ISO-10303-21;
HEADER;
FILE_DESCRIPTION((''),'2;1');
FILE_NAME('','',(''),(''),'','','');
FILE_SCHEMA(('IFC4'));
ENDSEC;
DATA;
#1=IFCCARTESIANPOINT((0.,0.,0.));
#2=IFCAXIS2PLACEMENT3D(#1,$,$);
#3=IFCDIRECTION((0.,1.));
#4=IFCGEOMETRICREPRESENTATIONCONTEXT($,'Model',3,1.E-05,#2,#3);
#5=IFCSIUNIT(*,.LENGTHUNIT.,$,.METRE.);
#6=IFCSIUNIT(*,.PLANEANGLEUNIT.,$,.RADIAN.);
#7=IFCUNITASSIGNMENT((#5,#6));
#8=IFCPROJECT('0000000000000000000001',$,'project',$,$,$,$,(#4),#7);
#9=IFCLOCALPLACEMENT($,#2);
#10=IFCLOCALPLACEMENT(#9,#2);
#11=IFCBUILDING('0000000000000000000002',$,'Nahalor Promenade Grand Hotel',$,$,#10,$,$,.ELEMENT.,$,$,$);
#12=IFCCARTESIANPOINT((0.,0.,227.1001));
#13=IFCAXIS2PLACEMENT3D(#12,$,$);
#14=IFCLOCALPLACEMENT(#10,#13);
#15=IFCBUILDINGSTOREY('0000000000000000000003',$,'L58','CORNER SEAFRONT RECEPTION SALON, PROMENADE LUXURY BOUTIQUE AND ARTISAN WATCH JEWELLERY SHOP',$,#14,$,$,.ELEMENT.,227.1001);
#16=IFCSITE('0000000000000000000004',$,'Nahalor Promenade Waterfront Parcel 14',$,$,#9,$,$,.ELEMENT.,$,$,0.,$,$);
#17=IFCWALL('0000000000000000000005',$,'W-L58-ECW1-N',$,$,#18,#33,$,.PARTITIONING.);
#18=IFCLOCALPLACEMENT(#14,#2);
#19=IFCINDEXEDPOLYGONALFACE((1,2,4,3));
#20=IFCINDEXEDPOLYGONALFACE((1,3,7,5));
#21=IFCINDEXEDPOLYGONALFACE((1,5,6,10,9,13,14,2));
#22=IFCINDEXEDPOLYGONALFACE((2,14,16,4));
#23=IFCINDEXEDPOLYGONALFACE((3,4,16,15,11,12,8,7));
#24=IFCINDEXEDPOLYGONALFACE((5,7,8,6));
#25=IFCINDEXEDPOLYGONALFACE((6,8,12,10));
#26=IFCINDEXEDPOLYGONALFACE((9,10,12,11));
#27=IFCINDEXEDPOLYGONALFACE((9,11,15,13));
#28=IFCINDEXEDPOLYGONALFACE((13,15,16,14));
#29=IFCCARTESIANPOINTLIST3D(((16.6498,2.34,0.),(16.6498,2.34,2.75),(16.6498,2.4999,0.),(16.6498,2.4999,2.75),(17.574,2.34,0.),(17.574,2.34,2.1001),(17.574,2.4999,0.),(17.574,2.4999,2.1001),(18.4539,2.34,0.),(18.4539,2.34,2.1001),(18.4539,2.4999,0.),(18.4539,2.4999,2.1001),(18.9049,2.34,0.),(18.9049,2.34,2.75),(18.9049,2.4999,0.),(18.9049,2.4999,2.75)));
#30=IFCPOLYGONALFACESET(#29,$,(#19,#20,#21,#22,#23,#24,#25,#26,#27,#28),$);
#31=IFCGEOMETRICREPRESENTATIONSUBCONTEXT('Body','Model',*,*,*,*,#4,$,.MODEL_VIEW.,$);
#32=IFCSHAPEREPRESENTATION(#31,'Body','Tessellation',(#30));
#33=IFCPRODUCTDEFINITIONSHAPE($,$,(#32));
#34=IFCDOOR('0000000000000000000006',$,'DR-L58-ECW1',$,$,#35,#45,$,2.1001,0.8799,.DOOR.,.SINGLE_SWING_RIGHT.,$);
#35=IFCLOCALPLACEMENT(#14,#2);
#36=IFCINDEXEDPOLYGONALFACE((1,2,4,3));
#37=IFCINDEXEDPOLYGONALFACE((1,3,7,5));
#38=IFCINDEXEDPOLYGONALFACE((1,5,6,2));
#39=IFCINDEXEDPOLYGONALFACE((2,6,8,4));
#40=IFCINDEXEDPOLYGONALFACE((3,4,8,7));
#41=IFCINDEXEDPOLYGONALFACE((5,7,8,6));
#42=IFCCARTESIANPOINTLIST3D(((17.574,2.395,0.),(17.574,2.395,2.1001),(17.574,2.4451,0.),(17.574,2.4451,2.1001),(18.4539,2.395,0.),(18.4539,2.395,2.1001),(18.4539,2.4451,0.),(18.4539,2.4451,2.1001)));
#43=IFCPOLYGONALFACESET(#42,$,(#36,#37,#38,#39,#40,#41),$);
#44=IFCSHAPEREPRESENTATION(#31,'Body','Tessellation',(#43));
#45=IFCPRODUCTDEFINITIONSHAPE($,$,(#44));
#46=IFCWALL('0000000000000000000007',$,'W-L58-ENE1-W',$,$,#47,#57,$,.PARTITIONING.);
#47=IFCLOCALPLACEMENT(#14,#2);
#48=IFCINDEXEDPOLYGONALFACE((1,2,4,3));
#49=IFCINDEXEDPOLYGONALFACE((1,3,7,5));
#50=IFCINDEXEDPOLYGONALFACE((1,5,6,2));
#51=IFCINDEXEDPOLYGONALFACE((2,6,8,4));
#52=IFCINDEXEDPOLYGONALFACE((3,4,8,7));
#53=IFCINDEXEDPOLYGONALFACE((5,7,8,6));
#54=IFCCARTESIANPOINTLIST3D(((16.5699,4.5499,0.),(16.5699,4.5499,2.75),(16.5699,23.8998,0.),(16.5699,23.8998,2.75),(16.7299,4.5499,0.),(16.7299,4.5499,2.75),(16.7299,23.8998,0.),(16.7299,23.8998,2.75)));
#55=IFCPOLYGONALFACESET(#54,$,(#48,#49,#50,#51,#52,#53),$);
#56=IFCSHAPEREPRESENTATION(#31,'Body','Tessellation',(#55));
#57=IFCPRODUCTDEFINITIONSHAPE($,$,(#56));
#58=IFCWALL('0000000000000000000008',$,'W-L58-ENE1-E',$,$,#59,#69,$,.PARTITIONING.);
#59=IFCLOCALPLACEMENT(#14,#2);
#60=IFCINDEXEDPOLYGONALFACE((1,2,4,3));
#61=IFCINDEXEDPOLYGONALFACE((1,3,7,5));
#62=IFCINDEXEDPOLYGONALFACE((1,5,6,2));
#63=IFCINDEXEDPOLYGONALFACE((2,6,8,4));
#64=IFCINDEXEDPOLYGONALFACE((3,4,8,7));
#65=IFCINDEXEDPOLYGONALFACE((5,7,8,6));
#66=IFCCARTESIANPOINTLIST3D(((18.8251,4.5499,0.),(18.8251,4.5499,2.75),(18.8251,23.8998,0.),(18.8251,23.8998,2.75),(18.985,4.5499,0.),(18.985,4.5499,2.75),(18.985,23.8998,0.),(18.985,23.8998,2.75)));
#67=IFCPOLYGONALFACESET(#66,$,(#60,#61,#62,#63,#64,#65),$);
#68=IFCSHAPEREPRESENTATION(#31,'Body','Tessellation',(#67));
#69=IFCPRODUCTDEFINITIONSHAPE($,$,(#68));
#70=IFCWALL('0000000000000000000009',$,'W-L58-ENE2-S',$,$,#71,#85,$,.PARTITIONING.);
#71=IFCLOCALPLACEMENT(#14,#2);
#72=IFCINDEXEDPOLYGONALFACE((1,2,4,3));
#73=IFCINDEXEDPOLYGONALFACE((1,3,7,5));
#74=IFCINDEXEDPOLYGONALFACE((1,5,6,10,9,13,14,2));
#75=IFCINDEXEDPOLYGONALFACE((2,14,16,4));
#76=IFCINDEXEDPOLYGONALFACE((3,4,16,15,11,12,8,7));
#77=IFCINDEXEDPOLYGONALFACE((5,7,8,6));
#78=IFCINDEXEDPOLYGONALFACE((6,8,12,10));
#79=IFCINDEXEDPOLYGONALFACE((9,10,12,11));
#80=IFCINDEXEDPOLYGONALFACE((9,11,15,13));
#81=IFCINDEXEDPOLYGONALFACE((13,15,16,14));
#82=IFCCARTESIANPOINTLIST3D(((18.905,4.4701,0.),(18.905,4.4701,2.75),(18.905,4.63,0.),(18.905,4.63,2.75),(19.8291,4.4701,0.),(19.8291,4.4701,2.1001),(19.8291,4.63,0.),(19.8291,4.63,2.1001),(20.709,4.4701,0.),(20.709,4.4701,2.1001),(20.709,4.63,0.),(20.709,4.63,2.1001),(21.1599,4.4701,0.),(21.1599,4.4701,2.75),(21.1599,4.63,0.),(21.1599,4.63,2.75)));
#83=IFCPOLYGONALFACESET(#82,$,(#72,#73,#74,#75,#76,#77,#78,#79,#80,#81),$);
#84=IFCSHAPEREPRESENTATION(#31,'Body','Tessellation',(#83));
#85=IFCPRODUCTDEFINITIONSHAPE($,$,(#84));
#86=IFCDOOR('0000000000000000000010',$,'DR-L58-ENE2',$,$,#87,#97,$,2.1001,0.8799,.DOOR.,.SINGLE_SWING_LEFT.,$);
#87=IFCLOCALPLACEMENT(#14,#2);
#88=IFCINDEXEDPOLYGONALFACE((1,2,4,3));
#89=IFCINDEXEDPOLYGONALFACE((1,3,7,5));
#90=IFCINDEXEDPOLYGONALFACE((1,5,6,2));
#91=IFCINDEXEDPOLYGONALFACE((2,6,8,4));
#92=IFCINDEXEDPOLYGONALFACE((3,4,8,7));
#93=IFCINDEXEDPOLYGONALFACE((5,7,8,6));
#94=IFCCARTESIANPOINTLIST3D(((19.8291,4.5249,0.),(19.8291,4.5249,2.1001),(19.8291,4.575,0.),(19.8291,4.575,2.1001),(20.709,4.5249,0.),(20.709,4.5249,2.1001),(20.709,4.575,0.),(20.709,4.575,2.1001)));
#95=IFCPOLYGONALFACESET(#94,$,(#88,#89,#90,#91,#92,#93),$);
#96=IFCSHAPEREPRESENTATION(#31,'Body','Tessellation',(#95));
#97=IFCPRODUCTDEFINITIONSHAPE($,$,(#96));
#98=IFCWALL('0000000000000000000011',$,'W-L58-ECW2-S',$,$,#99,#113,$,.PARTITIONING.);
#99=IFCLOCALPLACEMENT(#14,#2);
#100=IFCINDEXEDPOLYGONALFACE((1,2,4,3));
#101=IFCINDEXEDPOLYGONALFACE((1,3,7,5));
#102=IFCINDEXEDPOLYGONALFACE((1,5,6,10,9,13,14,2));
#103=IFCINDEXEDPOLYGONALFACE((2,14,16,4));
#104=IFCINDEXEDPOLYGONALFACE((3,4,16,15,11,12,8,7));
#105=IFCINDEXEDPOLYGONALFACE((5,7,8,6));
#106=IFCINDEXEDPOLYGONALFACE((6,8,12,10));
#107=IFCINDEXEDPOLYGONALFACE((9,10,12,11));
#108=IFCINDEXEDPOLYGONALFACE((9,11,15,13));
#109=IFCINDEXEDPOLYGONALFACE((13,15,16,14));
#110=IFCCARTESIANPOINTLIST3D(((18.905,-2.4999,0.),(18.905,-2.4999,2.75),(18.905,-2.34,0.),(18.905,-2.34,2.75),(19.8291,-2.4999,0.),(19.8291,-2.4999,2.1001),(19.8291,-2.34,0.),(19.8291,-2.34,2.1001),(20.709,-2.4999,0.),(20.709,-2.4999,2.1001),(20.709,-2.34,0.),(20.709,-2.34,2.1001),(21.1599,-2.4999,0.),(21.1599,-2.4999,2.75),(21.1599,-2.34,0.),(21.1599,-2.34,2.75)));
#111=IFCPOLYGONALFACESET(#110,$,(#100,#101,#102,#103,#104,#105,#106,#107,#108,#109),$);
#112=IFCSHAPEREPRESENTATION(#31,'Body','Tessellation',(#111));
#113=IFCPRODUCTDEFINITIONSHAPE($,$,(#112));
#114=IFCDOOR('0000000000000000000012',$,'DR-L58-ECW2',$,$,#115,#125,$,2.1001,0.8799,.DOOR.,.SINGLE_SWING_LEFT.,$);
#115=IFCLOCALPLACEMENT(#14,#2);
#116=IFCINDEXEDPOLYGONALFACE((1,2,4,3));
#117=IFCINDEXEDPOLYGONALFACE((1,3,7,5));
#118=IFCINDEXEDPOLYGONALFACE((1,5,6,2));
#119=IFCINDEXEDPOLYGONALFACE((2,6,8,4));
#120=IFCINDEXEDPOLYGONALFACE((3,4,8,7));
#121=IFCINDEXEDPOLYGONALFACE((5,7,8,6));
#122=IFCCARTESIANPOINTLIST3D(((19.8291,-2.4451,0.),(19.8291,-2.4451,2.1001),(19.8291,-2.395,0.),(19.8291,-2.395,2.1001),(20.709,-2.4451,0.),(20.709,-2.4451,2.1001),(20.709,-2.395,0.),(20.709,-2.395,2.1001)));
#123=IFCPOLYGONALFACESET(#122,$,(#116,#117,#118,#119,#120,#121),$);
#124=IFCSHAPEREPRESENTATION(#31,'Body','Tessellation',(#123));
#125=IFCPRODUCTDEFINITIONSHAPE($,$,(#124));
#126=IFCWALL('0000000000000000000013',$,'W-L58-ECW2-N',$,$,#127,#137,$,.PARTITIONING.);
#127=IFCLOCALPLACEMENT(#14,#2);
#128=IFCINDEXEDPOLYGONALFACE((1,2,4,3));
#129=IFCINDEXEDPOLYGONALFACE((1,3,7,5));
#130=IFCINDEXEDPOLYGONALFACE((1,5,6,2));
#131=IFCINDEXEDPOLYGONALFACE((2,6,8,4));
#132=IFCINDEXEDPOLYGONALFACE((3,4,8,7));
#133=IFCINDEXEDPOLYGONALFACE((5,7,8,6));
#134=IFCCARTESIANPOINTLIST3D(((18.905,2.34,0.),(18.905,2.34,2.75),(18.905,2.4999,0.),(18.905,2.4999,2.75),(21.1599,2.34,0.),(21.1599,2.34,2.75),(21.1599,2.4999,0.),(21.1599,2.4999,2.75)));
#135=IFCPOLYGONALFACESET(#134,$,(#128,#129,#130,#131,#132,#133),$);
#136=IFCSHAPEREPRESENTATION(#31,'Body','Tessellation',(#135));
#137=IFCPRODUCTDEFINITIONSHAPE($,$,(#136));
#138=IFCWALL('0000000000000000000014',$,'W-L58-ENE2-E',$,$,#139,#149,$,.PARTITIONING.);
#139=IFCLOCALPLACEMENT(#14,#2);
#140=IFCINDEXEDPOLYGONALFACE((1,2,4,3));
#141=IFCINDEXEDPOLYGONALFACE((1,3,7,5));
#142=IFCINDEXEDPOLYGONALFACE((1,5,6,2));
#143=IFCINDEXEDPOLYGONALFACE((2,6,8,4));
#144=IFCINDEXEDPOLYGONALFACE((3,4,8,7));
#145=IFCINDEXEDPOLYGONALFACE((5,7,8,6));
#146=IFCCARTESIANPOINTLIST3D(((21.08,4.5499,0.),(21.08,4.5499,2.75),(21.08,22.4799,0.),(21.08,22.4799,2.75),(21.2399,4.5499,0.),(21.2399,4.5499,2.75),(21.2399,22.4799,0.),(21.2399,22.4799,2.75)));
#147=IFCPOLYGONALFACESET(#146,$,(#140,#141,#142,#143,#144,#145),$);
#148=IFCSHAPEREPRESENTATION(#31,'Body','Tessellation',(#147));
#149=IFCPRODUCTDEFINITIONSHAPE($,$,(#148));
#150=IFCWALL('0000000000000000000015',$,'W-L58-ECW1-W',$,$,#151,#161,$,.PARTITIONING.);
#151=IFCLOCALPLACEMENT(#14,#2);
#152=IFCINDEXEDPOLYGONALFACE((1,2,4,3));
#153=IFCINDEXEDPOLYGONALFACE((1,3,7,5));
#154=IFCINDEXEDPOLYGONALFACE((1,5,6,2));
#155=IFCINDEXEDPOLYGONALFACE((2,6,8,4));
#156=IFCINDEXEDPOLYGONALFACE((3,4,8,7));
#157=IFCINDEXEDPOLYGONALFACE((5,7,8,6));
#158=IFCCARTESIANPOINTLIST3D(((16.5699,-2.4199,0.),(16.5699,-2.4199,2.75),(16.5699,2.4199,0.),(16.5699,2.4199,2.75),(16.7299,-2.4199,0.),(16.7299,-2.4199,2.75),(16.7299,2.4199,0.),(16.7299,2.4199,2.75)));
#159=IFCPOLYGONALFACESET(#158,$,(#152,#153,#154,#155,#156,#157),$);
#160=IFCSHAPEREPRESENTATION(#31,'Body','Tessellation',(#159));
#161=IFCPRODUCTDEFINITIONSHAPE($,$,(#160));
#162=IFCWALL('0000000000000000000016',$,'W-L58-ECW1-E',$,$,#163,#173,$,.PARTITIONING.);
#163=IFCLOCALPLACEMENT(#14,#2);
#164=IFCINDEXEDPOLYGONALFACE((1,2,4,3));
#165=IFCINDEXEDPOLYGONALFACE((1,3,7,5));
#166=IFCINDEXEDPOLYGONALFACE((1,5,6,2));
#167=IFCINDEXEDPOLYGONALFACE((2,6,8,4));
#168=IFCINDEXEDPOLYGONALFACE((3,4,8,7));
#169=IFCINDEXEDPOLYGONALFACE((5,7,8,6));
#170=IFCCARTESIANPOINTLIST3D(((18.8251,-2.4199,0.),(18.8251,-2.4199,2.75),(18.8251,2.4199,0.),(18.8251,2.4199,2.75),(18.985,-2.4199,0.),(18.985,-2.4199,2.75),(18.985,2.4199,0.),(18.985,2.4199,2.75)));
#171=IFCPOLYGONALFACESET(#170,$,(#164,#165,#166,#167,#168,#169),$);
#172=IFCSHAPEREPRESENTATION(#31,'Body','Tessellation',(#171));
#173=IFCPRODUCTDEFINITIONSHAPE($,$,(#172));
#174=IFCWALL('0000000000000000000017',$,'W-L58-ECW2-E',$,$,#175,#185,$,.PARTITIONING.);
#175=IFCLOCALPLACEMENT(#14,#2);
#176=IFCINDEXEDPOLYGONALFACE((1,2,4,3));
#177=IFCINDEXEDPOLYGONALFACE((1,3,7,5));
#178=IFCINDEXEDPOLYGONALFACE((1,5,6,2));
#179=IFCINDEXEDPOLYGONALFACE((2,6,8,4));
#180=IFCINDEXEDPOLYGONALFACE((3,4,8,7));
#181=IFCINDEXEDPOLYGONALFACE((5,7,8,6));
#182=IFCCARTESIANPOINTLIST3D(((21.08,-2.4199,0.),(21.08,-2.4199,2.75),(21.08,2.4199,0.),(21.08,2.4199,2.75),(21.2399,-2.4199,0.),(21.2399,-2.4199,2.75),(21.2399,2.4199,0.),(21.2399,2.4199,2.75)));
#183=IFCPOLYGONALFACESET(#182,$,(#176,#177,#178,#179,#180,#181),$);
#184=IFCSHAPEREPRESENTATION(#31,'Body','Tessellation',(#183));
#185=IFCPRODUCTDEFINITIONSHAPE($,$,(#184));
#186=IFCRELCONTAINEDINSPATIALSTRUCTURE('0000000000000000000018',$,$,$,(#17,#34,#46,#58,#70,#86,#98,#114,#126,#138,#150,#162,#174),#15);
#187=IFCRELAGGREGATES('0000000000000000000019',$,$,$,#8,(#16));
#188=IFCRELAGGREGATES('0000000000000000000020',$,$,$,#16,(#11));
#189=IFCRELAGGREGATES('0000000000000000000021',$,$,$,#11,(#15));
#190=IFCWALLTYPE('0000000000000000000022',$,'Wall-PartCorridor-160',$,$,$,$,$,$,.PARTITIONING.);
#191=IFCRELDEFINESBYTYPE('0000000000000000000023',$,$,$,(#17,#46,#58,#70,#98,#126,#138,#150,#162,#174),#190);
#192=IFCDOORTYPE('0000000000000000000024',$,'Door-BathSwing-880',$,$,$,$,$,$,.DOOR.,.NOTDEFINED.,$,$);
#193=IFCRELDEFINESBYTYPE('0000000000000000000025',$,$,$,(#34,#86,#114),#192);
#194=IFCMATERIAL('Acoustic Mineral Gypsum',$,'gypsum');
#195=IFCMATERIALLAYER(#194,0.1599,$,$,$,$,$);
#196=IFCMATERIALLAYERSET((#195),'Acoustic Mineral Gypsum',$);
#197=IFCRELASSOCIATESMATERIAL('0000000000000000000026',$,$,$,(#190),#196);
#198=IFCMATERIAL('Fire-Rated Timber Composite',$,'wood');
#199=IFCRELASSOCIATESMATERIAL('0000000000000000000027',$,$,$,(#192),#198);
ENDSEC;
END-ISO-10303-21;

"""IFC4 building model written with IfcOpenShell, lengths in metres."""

from ifc_helpers import new_model, si_unit, direction, frame, frame_2d, origin, place, context, subcontext, project, spatial, rectangle, extrude, source, transform, mapped, material, layer, layer_set, type_object, element, fill, save


model = new_model("IFC4")

# Units and contexts
model_context = context("Model", 3, precision=1e-05, world=origin(), true_north=direction((0.0, 1.0)))
body_context = subcontext(model_context, "Body", "Model", "MODEL_VIEW")
ifc_project = project(units=[si_unit("LENGTHUNIT", "METRE"), si_unit("PLANEANGLEUNIT", "RADIAN")], contexts=[model_context])

# Site, building, storey
site_placement = place(None, origin())
site = spatial("IfcSite", under=ifc_project, at=site_placement, Name="Nahalor Promenade Waterfront Parcel 14", CompositionType="ELEMENT", RefElevation=0.0)
building_placement = place(site_placement, origin())
building = spatial("IfcBuilding", under=site, at=building_placement, Name="Nahalor Promenade Grand Hotel", CompositionType="ELEMENT")
storey_placement = place(building_placement, frame((0.0, 0.0, 227.1001)))
storey = spatial("IfcBuildingStorey", under=building, at=storey_placement, Name="L58", Description="CORNER SEAFRONT RECEPTION SALON, PROMENADE LUXURY BOUTIQUE AND ARTISAN WATCH JEWELLERY SHOP", CompositionType="ELEMENT", Elevation=227.1001)

# Shared definitions
ifc_material_1 = material(Name="Acoustic Mineral Gypsum", Category="gypsum")
ifc_layer_1 = layer(ifc_material_1, 0.1599)
ifc_layer_set_1 = layer_set([ifc_layer_1], Name="Acoustic Mineral Gypsum")
wall_type = type_object("IfcWallType", Name="Wall-PartCorridor-160", PredefinedType="PARTITIONING", material=ifc_layer_set_1)
shared_shape_1 = source(origin(), body_context, "Body", "SweptSolid", [
    extrude(rectangle(XDim=2.2551, YDim=0.1599, at=frame_2d((1.1274, 0.0))), origin(), (0.0, 0.0, 1.0), 2.75),
])
ifc_material_2 = material(Name="Fire-Rated Timber Composite", Category="wood")
door_type = type_object("IfcDoorType", Name="Door-BathSwing-880", OperationType="NOTDEFINED", PredefinedType="DOOR", material=ifc_material_2)
shared_shape_2 = source(origin(), body_context, "Body", "SweptSolid", [
    extrude(rectangle(XDim=0.8799, YDim=2.1001, at=frame_2d((0.4399, 1.05))), frame((0.0, 0.0249, 0.0), z_axis=(0.0, -1.0, 0.0), x_axis=(1.0, 0.0, 0.0)), (0.0, 0.0, 1.0), 0.05),
])

# Wall, opening, door
wall_1_placement = place(storey_placement, frame((16.6499, 2.4199, 0.0), z_axis=(0.0, 0.0, 1.0), x_axis=(1.0, 0.0, 0.0)))
wall_1 = element("IfcWall", 1, at=wall_1_placement, inside=storey, type_object=wall_type, Name="W-L58-ECW1-N", PredefinedType="PARTITIONING", context=body_context, shape_type="MappedRepresentation", body=[
    mapped(shared_shape_1, transform((0.0, 0.0, 0.0), scale=1.0)),
])
opening_1_placement = place(wall_1_placement, frame((0.9241, 0.0, 0.0)))
opening_1 = element("IfcOpeningElement", 2, at=opening_1_placement, cuts=wall_1, PredefinedType="OPENING", context=body_context, shape_type="SweptSolid", body=[
    extrude(rectangle(XDim=0.8799, YDim=2.1001, at=frame_2d((0.4399, 1.05))), frame((0.0, 0.0898, 0.0), z_axis=(0.0, -1.0, 0.0), x_axis=(1.0, 0.0, 0.0)), (0.0, 0.0, 1.0), 0.1799),
])
door_1_placement = place(opening_1_placement, frame((0.8799, 0.0, 0.0), z_axis=(0.0, 0.0, 1.0), x_axis=(-1.0, 0.0, 0.0)))
door_1 = element("IfcDoor", 3, at=door_1_placement, inside=storey, type_object=door_type, Name="DR-L58-ECW1", OperationType="SINGLE_SWING_RIGHT", OverallHeight=2.1001, OverallWidth=0.8799, PredefinedType="DOOR", context=body_context, shape_type="MappedRepresentation", body=[
    mapped(shared_shape_2, transform((0.0, 0.0, 0.0), scale=1.0)),
])
fill(opening_1, door_1)

# Walls
shared_shape_3 = source(origin(), body_context, "Body", "SweptSolid", [
    extrude(rectangle(XDim=19.3499, YDim=0.1599, at=frame_2d((9.6748, 0.0))), origin(), (0.0, 0.0, 1.0), 2.75),
])
for number, where, z_axis, x_axis, name in (
    (4, (16.6499, 4.55, 0.0), (0.0, 0.0, 1.0), (0.0, 1.0, 0.0), "W-L58-ENE1-W"),
    (5, (18.905, 4.55, 0.0), (0.0, 0.0, 1.0), (0.0, 1.0, 0.0), "W-L58-ENE1-E"),
):
    element("IfcWall", number, at=place(storey_placement, frame(where, z_axis=z_axis, x_axis=x_axis)), inside=storey, type_object=wall_type, Name=name, PredefinedType="PARTITIONING", context=body_context, shape_type="MappedRepresentation", body=[
        mapped(shared_shape_3, transform((0.0, 0.0, 0.0), scale=1.0)),
    ])

# Walls, openings, doors
shared_shape_4 = source(origin(), body_context, "Body", "SweptSolid", [
    extrude(rectangle(XDim=2.2549, YDim=0.1599, at=frame_2d((1.1274, 0.0))), origin(), (0.0, 0.0, 1.0), 2.75),
])
wall_2_placement = place(storey_placement, frame((18.905, 4.55, 0.0), z_axis=(0.0, 0.0, 1.0), x_axis=(1.0, 0.0, 0.0)))
wall_2 = element("IfcWall", 6, at=wall_2_placement, inside=storey, type_object=wall_type, Name="W-L58-ENE2-S", PredefinedType="PARTITIONING", context=body_context, shape_type="MappedRepresentation", body=[
    mapped(shared_shape_4, transform((0.0, 0.0, 0.0), scale=1.0)),
])
opening_2_placement = place(wall_2_placement, frame((0.9241, 0.0, 0.0)))
opening_2 = element("IfcOpeningElement", 7, at=opening_2_placement, cuts=wall_2, PredefinedType="OPENING", context=body_context, shape_type="SweptSolid", body=[
    extrude(rectangle(XDim=0.8799, YDim=2.1001, at=frame_2d((0.4399, 1.05))), frame((0.0, 0.0898, 0.0), z_axis=(0.0, -1.0, 0.0), x_axis=(1.0, 0.0, 0.0)), (0.0, 0.0, 1.0), 0.1799),
])
door_2_placement = place(opening_2_placement, origin())
door_2 = element("IfcDoor", 8, at=door_2_placement, inside=storey, type_object=door_type, Name="DR-L58-ENE2", OperationType="SINGLE_SWING_LEFT", OverallHeight=2.1001, OverallWidth=0.8799, PredefinedType="DOOR", context=body_context, shape_type="MappedRepresentation", body=[
    mapped(shared_shape_2, transform((0.0, 0.0, 0.0), scale=1.0)),
])
fill(opening_2, door_2)
wall_3_placement = place(storey_placement, frame((18.905, -2.4199, 0.0), z_axis=(0.0, 0.0, 1.0), x_axis=(1.0, 0.0, 0.0)))
wall_3 = element("IfcWall", 9, at=wall_3_placement, inside=storey, type_object=wall_type, Name="W-L58-ECW2-S", PredefinedType="PARTITIONING", context=body_context, shape_type="MappedRepresentation", body=[
    mapped(shared_shape_4, transform((0.0, 0.0, 0.0), scale=1.0)),
])
opening_3_placement = place(wall_3_placement, frame((0.9241, 0.0, 0.0)))
opening_3 = element("IfcOpeningElement", 10, at=opening_3_placement, cuts=wall_3, PredefinedType="OPENING", context=body_context, shape_type="SweptSolid", body=[
    extrude(rectangle(XDim=0.8799, YDim=2.1001, at=frame_2d((0.4399, 1.05))), frame((0.0, 0.0898, 0.0), z_axis=(0.0, -1.0, 0.0), x_axis=(1.0, 0.0, 0.0)), (0.0, 0.0, 1.0), 0.1799),
])
door_3_placement = place(opening_3_placement, origin())
door_3 = element("IfcDoor", 11, at=door_3_placement, inside=storey, type_object=door_type, Name="DR-L58-ECW2", OperationType="SINGLE_SWING_LEFT", OverallHeight=2.1001, OverallWidth=0.8799, PredefinedType="DOOR", context=body_context, shape_type="MappedRepresentation", body=[
    mapped(shared_shape_2, transform((0.0, 0.0, 0.0), scale=1.0)),
])
fill(opening_3, door_3)

# Walls
wall_4_placement = place(storey_placement, frame((18.905, 2.4199, 0.0), z_axis=(0.0, 0.0, 1.0), x_axis=(1.0, 0.0, 0.0)))
element("IfcWall", 12, at=wall_4_placement, inside=storey, type_object=wall_type, Name="W-L58-ECW2-N", PredefinedType="PARTITIONING", context=body_context, shape_type="MappedRepresentation", body=[
    mapped(shared_shape_4, transform((0.0, 0.0, 0.0), scale=1.0)),
])
shared_shape_5 = source(origin(), body_context, "Body", "SweptSolid", [
    extrude(rectangle(XDim=17.9299, YDim=0.1599, at=frame_2d((8.9648, 0.0))), origin(), (0.0, 0.0, 1.0), 2.75),
])
wall_5_placement = place(storey_placement, frame((21.1599, 4.55, 0.0), z_axis=(0.0, 0.0, 1.0), x_axis=(0.0, 1.0, 0.0)))
element("IfcWall", 13, at=wall_5_placement, inside=storey, type_object=wall_type, Name="W-L58-ENE2-E", PredefinedType="PARTITIONING", context=body_context, shape_type="MappedRepresentation", body=[
    mapped(shared_shape_5, transform((0.0, 0.0, 0.0), scale=1.0)),
])
shared_shape_6 = source(origin(), body_context, "Body", "SweptSolid", [
    extrude(rectangle(XDim=4.8398, YDim=0.1599, at=frame_2d((2.4199, 0.0))), origin(), (0.0, 0.0, 1.0), 2.75),
])
for number, where, z_axis, x_axis, name in (
    (14, (16.6499, -2.4199, 0.0), (0.0, 0.0, 1.0), (0.0, 1.0, 0.0), "W-L58-ECW1-W"),
    (15, (18.905, -2.4199, 0.0), (0.0, 0.0, 1.0), (0.0, 1.0, 0.0), "W-L58-ECW1-E"),
    (16, (21.1599, -2.4199, 0.0), (0.0, 0.0, 1.0), (0.0, 1.0, 0.0), "W-L58-ECW2-E"),
):
    element("IfcWall", number, at=place(storey_placement, frame(where, z_axis=z_axis, x_axis=x_axis)), inside=storey, type_object=wall_type, Name=name, PredefinedType="PARTITIONING", context=body_context, shape_type="MappedRepresentation", body=[
        mapped(shared_shape_6, transform((0.0, 0.0, 0.0), scale=1.0)),
    ])

save(model, "model.ifc")
